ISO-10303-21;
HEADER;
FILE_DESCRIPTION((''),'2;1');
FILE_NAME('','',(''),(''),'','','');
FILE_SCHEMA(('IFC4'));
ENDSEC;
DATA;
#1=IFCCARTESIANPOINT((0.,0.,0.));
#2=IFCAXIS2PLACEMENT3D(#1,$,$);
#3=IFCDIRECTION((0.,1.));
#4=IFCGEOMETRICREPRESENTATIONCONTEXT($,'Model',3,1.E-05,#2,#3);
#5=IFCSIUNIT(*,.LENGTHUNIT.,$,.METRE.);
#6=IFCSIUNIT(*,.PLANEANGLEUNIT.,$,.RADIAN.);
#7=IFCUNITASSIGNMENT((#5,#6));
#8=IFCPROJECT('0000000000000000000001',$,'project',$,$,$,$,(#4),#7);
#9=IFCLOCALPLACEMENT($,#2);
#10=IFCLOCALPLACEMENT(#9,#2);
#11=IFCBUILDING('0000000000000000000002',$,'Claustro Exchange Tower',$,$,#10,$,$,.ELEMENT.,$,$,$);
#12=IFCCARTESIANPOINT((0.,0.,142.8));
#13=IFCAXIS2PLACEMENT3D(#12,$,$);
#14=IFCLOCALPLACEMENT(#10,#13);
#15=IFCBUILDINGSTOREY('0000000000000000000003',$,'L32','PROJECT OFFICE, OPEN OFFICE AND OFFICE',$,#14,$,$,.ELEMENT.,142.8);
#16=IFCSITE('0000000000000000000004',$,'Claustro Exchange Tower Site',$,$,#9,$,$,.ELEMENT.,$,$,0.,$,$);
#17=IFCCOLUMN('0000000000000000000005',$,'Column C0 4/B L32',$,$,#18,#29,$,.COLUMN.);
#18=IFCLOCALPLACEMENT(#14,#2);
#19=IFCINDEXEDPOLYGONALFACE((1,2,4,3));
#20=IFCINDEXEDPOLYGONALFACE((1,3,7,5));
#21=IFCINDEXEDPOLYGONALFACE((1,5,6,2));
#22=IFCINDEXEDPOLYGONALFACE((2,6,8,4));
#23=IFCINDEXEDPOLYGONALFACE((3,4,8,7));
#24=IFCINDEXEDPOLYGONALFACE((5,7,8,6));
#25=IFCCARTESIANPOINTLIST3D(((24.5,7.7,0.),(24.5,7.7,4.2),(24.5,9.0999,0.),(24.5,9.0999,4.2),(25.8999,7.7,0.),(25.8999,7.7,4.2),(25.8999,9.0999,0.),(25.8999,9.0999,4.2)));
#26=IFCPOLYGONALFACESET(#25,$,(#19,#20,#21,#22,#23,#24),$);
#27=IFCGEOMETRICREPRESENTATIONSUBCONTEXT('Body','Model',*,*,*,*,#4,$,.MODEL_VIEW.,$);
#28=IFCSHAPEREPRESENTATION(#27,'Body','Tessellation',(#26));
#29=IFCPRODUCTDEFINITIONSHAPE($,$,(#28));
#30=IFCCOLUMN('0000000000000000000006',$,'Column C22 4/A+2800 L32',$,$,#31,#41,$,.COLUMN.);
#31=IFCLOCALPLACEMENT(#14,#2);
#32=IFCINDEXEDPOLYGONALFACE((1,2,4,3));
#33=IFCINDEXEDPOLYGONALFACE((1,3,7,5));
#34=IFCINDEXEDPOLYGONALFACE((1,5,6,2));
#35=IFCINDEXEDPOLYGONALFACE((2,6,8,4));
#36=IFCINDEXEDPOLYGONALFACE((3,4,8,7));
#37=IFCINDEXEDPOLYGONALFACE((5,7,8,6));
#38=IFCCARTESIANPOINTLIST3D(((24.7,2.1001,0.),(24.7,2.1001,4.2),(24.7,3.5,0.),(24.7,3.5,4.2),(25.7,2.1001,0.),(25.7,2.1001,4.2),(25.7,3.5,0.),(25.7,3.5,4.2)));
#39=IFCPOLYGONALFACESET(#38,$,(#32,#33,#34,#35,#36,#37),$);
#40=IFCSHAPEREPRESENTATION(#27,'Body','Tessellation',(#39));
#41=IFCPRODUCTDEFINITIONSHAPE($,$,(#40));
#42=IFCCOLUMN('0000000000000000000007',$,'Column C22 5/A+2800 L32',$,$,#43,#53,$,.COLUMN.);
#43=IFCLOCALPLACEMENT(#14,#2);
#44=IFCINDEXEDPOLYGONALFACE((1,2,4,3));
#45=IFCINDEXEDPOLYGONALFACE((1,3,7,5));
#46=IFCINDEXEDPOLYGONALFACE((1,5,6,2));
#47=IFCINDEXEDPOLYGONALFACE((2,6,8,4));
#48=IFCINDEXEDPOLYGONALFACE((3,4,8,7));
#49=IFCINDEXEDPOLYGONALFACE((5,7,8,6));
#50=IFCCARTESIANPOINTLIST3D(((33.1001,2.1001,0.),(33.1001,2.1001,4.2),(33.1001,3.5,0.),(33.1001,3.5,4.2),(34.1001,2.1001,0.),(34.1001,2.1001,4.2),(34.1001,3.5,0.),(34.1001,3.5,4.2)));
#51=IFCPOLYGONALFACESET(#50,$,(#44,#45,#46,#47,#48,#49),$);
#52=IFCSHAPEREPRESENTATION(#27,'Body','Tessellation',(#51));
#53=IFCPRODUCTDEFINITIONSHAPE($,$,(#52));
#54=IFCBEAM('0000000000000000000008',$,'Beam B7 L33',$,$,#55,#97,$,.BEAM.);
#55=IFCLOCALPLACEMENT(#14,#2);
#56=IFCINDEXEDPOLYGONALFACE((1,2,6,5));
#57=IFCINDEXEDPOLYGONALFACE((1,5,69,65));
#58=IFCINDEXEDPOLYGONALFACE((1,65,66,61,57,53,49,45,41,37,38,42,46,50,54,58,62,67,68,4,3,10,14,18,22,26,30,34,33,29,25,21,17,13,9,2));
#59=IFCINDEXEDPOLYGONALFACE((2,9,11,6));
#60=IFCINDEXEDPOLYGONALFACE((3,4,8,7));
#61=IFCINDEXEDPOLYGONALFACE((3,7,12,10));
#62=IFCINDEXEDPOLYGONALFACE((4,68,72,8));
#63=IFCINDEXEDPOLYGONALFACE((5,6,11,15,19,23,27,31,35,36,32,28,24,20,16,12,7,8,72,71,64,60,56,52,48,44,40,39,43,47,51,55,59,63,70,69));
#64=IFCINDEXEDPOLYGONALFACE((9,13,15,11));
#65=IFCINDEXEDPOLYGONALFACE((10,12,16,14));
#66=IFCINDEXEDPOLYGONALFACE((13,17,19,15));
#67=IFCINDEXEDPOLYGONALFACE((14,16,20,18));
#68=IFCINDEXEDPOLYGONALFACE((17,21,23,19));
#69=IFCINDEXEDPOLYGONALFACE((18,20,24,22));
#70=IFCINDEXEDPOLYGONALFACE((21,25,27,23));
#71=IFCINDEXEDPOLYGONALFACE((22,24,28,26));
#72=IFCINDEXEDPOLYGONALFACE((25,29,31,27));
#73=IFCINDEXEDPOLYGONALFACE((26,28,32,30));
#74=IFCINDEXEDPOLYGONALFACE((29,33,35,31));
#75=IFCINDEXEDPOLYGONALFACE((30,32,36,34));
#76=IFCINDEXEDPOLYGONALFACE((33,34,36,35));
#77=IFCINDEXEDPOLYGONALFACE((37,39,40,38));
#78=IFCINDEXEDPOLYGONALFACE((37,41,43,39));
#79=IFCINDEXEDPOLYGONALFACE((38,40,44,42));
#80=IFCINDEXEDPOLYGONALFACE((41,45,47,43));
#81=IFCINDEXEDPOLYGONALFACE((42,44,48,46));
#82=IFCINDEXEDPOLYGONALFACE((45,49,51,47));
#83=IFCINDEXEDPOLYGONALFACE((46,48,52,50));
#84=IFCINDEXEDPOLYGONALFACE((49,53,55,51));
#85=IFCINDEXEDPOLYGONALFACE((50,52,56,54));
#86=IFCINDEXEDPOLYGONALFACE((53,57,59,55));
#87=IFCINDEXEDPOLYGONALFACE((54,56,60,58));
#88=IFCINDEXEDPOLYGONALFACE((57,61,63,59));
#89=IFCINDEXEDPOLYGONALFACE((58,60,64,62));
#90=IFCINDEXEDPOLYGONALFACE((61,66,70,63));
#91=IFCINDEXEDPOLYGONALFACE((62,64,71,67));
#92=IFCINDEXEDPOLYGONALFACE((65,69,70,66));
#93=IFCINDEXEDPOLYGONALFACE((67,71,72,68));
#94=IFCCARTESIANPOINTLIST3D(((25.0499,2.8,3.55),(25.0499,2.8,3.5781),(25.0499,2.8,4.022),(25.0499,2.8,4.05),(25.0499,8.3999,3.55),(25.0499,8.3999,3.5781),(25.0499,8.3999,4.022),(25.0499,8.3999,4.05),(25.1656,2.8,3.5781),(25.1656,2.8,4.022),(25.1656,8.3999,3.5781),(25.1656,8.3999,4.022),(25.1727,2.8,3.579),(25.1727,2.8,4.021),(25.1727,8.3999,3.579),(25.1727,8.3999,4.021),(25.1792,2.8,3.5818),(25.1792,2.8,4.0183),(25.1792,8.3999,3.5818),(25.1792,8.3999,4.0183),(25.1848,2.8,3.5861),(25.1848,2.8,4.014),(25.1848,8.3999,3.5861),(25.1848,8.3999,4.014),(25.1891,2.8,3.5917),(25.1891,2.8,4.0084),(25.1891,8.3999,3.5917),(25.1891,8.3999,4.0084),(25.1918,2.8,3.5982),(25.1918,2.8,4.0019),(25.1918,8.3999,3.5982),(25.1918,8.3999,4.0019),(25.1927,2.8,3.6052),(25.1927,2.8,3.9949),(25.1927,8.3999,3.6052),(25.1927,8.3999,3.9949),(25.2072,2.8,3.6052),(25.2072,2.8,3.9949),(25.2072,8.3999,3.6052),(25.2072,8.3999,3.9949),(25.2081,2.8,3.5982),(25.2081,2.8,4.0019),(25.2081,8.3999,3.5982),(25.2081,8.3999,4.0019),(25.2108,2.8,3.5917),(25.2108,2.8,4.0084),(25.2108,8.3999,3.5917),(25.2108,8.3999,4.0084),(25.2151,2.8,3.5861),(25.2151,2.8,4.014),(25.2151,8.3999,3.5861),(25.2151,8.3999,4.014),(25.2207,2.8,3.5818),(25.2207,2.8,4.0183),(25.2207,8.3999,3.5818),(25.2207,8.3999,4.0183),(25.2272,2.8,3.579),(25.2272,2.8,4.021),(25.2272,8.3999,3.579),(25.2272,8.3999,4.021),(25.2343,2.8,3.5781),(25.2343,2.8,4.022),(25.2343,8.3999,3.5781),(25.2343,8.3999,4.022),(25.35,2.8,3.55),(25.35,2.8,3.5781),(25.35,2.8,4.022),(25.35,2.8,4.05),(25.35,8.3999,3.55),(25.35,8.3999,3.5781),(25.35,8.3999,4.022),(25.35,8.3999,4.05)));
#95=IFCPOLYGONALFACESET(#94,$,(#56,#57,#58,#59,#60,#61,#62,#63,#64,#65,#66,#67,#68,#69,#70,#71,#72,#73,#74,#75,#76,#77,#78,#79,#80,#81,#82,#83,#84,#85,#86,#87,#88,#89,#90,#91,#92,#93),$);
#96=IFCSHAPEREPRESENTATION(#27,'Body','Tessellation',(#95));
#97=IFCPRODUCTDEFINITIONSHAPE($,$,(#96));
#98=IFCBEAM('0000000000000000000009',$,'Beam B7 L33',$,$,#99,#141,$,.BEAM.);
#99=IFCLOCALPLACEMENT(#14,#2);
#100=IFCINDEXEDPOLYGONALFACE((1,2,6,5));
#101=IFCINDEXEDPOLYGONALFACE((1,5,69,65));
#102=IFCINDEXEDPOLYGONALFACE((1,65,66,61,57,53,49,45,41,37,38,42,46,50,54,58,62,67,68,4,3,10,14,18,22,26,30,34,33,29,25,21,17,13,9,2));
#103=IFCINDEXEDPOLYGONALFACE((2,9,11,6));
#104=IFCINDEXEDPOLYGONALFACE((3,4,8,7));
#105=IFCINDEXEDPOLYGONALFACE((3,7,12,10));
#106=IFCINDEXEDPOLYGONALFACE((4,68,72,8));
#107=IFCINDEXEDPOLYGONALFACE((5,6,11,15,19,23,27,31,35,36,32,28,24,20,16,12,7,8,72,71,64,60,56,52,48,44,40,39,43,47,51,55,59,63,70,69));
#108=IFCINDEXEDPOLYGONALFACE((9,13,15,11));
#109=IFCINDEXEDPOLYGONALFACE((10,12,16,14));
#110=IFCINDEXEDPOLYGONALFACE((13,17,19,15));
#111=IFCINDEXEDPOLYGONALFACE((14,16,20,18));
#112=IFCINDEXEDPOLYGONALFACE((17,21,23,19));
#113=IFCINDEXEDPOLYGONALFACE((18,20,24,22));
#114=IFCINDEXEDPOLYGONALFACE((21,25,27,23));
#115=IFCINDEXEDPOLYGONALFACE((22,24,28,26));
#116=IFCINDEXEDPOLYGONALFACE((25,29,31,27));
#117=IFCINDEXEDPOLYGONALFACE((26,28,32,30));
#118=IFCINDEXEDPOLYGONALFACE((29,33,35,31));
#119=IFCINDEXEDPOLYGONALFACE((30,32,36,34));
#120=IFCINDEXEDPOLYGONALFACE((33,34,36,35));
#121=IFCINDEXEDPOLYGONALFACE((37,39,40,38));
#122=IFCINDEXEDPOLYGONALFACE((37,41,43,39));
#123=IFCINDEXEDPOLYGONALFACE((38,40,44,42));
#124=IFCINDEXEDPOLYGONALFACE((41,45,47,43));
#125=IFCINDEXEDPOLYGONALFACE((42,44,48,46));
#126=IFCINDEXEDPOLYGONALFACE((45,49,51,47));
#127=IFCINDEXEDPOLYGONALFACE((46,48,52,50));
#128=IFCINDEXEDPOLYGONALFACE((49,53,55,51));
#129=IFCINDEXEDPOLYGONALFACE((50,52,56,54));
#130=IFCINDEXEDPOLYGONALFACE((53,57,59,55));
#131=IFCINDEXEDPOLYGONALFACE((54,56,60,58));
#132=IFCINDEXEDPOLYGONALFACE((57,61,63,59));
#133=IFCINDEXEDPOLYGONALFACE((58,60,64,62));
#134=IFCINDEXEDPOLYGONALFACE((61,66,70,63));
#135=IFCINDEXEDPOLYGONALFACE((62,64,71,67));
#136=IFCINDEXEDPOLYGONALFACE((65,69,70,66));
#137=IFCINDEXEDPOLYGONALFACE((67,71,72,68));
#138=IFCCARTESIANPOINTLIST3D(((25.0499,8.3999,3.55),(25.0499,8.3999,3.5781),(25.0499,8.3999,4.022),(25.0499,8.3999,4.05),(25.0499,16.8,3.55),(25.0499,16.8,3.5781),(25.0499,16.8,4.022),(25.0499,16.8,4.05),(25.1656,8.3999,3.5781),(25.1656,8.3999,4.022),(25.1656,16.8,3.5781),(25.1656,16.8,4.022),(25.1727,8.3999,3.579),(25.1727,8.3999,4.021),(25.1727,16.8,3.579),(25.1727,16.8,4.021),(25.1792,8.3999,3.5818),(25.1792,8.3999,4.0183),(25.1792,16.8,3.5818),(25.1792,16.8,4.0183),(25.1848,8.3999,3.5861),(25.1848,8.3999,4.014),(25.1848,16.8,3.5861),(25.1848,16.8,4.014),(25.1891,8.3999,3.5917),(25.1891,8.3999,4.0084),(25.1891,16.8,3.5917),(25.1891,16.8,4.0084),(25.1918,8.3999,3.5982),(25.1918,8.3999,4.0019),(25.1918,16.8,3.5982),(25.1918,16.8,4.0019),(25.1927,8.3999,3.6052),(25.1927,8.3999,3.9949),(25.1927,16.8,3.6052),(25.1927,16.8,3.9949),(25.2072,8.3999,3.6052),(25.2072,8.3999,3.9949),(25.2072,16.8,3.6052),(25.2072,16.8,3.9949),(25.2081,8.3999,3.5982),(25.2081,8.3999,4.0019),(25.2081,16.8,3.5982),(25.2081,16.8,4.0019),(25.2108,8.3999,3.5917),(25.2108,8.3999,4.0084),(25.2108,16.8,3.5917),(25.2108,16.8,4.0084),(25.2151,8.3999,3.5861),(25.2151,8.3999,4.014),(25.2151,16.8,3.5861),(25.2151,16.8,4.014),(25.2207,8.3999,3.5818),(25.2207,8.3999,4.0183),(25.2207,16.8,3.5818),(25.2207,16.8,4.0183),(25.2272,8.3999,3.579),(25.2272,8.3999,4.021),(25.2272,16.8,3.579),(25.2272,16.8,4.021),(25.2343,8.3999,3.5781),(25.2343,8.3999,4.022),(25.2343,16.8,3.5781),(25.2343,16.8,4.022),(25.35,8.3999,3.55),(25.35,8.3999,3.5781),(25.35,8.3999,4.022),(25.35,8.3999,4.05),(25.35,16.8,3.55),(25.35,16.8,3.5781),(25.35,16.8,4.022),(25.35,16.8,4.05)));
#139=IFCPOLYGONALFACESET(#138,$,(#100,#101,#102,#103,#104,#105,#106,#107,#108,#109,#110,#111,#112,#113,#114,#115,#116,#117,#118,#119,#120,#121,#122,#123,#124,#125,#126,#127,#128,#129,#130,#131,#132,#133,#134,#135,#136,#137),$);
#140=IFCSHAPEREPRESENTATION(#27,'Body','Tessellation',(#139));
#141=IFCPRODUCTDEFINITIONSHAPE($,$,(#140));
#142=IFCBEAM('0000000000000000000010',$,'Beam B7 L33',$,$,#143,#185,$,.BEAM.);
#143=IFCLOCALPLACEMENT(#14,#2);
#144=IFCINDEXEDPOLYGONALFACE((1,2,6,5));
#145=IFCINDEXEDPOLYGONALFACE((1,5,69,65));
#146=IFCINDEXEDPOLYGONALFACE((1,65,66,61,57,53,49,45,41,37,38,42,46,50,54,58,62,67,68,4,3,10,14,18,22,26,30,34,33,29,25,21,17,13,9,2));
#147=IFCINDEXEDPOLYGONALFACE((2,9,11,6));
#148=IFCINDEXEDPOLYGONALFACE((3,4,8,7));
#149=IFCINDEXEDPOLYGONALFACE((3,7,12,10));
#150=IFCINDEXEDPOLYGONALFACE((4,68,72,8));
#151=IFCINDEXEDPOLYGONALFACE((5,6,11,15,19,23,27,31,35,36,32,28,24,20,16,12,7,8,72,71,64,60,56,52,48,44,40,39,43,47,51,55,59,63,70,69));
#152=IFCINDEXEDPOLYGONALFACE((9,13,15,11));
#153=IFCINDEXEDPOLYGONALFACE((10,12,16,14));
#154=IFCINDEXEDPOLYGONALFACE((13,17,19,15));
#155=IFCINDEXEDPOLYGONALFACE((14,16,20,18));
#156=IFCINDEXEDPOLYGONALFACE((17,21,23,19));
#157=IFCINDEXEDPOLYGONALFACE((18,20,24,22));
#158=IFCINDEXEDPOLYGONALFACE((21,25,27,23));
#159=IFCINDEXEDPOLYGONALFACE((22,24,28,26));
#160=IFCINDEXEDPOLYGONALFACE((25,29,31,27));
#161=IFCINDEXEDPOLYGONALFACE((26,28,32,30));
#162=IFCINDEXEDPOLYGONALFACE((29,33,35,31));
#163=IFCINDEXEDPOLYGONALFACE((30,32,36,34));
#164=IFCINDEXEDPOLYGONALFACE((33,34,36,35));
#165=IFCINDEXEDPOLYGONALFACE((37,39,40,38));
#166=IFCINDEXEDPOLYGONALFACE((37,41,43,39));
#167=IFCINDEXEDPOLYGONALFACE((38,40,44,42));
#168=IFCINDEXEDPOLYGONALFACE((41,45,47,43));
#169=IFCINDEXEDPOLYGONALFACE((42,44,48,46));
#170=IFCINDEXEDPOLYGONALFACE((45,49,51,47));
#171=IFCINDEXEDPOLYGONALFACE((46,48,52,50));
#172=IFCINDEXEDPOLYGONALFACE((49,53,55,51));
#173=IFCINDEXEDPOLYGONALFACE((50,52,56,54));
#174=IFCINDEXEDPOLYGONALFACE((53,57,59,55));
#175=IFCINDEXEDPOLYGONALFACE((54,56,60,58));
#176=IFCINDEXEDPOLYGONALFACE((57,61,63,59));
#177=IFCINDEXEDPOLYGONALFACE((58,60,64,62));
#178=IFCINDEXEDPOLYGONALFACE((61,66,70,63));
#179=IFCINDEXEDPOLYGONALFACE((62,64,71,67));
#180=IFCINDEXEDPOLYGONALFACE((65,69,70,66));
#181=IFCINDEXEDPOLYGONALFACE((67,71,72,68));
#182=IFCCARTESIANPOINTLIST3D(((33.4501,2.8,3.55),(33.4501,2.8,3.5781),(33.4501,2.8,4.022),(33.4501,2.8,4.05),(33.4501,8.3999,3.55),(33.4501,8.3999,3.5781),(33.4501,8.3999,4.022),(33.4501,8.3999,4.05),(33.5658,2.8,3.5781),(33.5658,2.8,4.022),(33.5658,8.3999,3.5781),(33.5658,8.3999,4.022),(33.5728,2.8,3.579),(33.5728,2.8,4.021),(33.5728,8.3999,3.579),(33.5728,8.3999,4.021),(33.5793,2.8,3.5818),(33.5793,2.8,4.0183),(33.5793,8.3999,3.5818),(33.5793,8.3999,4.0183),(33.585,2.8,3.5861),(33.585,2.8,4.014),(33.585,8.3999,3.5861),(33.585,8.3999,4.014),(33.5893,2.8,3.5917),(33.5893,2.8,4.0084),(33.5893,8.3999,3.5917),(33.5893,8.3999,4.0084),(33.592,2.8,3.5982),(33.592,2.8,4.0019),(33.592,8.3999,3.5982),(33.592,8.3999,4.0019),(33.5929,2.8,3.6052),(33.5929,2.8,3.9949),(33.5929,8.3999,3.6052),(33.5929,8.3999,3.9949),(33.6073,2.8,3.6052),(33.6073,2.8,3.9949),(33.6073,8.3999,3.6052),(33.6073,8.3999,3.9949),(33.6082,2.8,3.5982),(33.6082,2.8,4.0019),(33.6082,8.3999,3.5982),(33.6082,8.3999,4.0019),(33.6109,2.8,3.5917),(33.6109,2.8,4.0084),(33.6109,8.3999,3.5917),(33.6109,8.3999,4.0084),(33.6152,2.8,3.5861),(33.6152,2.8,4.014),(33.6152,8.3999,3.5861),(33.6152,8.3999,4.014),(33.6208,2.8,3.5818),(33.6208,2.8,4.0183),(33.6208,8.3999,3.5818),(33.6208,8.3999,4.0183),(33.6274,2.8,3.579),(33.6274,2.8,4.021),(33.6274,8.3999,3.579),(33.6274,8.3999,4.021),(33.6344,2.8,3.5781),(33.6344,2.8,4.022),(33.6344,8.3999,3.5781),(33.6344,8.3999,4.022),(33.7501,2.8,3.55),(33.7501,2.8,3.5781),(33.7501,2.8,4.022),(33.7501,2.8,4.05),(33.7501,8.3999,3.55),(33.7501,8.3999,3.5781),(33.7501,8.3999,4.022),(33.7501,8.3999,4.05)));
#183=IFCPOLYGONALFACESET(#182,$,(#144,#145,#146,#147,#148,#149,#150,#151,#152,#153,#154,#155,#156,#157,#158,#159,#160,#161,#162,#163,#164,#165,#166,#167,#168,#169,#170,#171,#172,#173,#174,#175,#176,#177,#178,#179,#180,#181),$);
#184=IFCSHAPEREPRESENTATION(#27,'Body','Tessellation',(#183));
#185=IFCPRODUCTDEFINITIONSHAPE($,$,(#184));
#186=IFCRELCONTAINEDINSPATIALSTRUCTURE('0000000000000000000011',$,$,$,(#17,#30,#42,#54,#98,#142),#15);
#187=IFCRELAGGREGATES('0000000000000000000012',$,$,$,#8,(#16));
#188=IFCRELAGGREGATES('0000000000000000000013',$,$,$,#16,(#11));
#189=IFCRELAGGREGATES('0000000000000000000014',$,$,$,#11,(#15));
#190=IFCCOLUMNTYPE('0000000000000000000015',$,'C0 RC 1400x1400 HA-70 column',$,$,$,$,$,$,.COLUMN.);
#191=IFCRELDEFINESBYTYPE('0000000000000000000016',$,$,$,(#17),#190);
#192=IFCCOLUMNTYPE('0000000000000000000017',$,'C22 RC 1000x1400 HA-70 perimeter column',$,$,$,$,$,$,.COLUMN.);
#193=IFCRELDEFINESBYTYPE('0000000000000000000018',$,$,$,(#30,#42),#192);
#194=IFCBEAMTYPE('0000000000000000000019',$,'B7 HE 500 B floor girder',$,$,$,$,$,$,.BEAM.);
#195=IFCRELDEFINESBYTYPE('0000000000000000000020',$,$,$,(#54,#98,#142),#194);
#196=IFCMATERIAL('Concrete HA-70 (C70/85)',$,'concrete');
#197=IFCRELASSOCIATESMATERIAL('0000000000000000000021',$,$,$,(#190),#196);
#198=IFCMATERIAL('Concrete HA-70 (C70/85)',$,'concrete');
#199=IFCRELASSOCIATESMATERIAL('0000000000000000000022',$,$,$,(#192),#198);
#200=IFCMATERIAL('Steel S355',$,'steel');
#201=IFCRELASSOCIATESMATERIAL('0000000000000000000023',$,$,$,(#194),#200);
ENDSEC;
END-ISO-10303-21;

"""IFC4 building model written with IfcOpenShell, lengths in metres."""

from ifc_helpers import new_model, si_unit, direction, frame, origin, origin_2d, place, context, subcontext, project, spatial, rectangle, i_section, extrude, material, material_profile, profile_set, type_object, element, save


model = new_model("IFC4")

# Units and contexts
model_context = context("Model", 3, precision=1e-05, world=origin(), true_north=direction((0.0, 1.0)))
body_context = subcontext(model_context, "Body", "Model", "MODEL_VIEW")
ifc_project = project(units=[si_unit("LENGTHUNIT", "METRE"), si_unit("PLANEANGLEUNIT", "RADIAN")], contexts=[model_context])

# Site, building, storey
site_placement = place(None, origin())
site = spatial("IfcSite", under=ifc_project, at=site_placement, Name="Claustro Exchange Tower Site", CompositionType="ELEMENT", RefElevation=0.0)
building_placement = place(site_placement, origin())
building = spatial("IfcBuilding", under=site, at=building_placement, Name="Claustro Exchange Tower", CompositionType="ELEMENT")
storey_placement = place(building_placement, frame((0.0, 0.0, 142.8)))
storey = spatial("IfcBuildingStorey", under=building, at=storey_placement, Name="L32", Description="PROJECT OFFICE, OPEN OFFICE AND OFFICE", CompositionType="ELEMENT", Elevation=142.8)

# Columns
ifc_material_1 = material(Name="Concrete HA-70 (C70/85)", Category="concrete")
ifc_material_profile_1 = material_profile(ifc_material_1, rectangle(XDim=1.3999, YDim=1.3999, at=origin_2d()), Name="RC 1400x1400")
ifc_profile_set_1 = profile_set([ifc_material_profile_1], Name="Concrete HA-70 (C70/85)")
column_type_1 = type_object("IfcColumnType", Name="C0 RC 1400x1400 HA-70 column", PredefinedType="COLUMN", material=ifc_profile_set_1)
column_placement = place(storey_placement, frame((25.2, 8.3999, 0.0), z_axis=(0.0, 0.0, 1.0), x_axis=(1.0, 0.0, 0.0)))
element("IfcColumn", 1, at=column_placement, inside=storey, type_object=column_type_1, Name="Column C0 4/B L32", PredefinedType="COLUMN", context=body_context, shape_type="SweptSolid", body=[
    extrude(rectangle(XDim=1.3999, YDim=1.3999, at=origin_2d()), origin(), (0.0, 0.0, 1.0), 4.2),
])
ifc_material_2 = material(Name="Concrete HA-70 (C70/85)", Category="concrete")
ifc_material_profile_2 = material_profile(ifc_material_2, rectangle(XDim=1.0, YDim=1.3999, at=origin_2d()), Name="RC 1000x1400")
ifc_profile_set_2 = profile_set([ifc_material_profile_2], Name="Concrete HA-70 (C70/85)")
column_type_2 = type_object("IfcColumnType", Name="C22 RC 1000x1400 HA-70 perimeter column", PredefinedType="COLUMN", material=ifc_profile_set_2)
for number, where, z_axis, x_axis, name in (
    (2, (25.2, 2.8, 0.0), (0.0, 0.0, 1.0), (1.0, 0.0, 0.0), "Column C22 4/A+2800 L32"),
    (3, (33.6001, 2.8, 0.0), (0.0, 0.0, 1.0), (1.0, 0.0, 0.0), "Column C22 5/A+2800 L32"),
):
    element("IfcColumn", number, at=place(storey_placement, frame(where, z_axis=z_axis, x_axis=x_axis)), inside=storey, type_object=column_type_2, Name=name, PredefinedType="COLUMN", context=body_context, shape_type="SweptSolid", body=[
        extrude(rectangle(XDim=1.0, YDim=1.3999, at=origin_2d()), origin(), (0.0, 0.0, 1.0), 4.2),
    ])

# Beams
ifc_material_3 = material(Name="Steel S355", Category="steel")
ifc_material_profile_3 = material_profile(ifc_material_3, i_section(OverallWidth=0.3, OverallDepth=0.5, WebThickness=0.0144, FlangeThickness=0.0281, FilletRadius=0.0271, at=origin_2d()), Name="HE 500 B")
ifc_profile_set_3 = profile_set([ifc_material_profile_3], Name="Steel S355")
beam_type_1 = type_object("IfcBeamType", Name="B7 HE 500 B floor girder", PredefinedType="BEAM", material=ifc_profile_set_3)
beam_1_placement = place(storey_placement, frame((25.2, 2.8, 3.8), z_axis=(0.0, 1.0, 0.0), x_axis=(-1.0, 0.0, 0.0)))
element("IfcBeam", 4, at=beam_1_placement, inside=storey, type_object=beam_type_1, Name="Beam B7 L33", PredefinedType="BEAM", context=body_context, shape_type="SweptSolid", body=[
    extrude(i_section(OverallWidth=0.3, OverallDepth=0.5, WebThickness=0.0144, FlangeThickness=0.0281, FilletRadius=0.0271, at=origin_2d()), origin(), (0.0, 0.0, 1.0), 5.5999),
])
beam_2_placement = place(storey_placement, frame((25.2, 8.3999, 3.8), z_axis=(0.0, 1.0, 0.0), x_axis=(-1.0, 0.0, 0.0)))
element("IfcBeam", 5, at=beam_2_placement, inside=storey, type_object=beam_type_1, Name="Beam B7 L33", PredefinedType="BEAM", context=body_context, shape_type="SweptSolid", body=[
    extrude(i_section(OverallWidth=0.3, OverallDepth=0.5, WebThickness=0.0144, FlangeThickness=0.0281, FilletRadius=0.0271, at=origin_2d()), origin(), (0.0, 0.0, 1.0), 8.4001),
])
beam_3_placement = place(storey_placement, frame((33.6001, 2.8, 3.8), z_axis=(0.0, 1.0, 0.0), x_axis=(-1.0, 0.0, 0.0)))
element("IfcBeam", 6, at=beam_3_placement, inside=storey, type_object=beam_type_1, Name="Beam B7 L33", PredefinedType="BEAM", context=body_context, shape_type="SweptSolid", body=[
    extrude(i_section(OverallWidth=0.3, OverallDepth=0.5, WebThickness=0.0144, FlangeThickness=0.0281, FilletRadius=0.0271, at=origin_2d()), origin(), (0.0, 0.0, 1.0), 5.5999),
])

save(model, "model.ifc")
